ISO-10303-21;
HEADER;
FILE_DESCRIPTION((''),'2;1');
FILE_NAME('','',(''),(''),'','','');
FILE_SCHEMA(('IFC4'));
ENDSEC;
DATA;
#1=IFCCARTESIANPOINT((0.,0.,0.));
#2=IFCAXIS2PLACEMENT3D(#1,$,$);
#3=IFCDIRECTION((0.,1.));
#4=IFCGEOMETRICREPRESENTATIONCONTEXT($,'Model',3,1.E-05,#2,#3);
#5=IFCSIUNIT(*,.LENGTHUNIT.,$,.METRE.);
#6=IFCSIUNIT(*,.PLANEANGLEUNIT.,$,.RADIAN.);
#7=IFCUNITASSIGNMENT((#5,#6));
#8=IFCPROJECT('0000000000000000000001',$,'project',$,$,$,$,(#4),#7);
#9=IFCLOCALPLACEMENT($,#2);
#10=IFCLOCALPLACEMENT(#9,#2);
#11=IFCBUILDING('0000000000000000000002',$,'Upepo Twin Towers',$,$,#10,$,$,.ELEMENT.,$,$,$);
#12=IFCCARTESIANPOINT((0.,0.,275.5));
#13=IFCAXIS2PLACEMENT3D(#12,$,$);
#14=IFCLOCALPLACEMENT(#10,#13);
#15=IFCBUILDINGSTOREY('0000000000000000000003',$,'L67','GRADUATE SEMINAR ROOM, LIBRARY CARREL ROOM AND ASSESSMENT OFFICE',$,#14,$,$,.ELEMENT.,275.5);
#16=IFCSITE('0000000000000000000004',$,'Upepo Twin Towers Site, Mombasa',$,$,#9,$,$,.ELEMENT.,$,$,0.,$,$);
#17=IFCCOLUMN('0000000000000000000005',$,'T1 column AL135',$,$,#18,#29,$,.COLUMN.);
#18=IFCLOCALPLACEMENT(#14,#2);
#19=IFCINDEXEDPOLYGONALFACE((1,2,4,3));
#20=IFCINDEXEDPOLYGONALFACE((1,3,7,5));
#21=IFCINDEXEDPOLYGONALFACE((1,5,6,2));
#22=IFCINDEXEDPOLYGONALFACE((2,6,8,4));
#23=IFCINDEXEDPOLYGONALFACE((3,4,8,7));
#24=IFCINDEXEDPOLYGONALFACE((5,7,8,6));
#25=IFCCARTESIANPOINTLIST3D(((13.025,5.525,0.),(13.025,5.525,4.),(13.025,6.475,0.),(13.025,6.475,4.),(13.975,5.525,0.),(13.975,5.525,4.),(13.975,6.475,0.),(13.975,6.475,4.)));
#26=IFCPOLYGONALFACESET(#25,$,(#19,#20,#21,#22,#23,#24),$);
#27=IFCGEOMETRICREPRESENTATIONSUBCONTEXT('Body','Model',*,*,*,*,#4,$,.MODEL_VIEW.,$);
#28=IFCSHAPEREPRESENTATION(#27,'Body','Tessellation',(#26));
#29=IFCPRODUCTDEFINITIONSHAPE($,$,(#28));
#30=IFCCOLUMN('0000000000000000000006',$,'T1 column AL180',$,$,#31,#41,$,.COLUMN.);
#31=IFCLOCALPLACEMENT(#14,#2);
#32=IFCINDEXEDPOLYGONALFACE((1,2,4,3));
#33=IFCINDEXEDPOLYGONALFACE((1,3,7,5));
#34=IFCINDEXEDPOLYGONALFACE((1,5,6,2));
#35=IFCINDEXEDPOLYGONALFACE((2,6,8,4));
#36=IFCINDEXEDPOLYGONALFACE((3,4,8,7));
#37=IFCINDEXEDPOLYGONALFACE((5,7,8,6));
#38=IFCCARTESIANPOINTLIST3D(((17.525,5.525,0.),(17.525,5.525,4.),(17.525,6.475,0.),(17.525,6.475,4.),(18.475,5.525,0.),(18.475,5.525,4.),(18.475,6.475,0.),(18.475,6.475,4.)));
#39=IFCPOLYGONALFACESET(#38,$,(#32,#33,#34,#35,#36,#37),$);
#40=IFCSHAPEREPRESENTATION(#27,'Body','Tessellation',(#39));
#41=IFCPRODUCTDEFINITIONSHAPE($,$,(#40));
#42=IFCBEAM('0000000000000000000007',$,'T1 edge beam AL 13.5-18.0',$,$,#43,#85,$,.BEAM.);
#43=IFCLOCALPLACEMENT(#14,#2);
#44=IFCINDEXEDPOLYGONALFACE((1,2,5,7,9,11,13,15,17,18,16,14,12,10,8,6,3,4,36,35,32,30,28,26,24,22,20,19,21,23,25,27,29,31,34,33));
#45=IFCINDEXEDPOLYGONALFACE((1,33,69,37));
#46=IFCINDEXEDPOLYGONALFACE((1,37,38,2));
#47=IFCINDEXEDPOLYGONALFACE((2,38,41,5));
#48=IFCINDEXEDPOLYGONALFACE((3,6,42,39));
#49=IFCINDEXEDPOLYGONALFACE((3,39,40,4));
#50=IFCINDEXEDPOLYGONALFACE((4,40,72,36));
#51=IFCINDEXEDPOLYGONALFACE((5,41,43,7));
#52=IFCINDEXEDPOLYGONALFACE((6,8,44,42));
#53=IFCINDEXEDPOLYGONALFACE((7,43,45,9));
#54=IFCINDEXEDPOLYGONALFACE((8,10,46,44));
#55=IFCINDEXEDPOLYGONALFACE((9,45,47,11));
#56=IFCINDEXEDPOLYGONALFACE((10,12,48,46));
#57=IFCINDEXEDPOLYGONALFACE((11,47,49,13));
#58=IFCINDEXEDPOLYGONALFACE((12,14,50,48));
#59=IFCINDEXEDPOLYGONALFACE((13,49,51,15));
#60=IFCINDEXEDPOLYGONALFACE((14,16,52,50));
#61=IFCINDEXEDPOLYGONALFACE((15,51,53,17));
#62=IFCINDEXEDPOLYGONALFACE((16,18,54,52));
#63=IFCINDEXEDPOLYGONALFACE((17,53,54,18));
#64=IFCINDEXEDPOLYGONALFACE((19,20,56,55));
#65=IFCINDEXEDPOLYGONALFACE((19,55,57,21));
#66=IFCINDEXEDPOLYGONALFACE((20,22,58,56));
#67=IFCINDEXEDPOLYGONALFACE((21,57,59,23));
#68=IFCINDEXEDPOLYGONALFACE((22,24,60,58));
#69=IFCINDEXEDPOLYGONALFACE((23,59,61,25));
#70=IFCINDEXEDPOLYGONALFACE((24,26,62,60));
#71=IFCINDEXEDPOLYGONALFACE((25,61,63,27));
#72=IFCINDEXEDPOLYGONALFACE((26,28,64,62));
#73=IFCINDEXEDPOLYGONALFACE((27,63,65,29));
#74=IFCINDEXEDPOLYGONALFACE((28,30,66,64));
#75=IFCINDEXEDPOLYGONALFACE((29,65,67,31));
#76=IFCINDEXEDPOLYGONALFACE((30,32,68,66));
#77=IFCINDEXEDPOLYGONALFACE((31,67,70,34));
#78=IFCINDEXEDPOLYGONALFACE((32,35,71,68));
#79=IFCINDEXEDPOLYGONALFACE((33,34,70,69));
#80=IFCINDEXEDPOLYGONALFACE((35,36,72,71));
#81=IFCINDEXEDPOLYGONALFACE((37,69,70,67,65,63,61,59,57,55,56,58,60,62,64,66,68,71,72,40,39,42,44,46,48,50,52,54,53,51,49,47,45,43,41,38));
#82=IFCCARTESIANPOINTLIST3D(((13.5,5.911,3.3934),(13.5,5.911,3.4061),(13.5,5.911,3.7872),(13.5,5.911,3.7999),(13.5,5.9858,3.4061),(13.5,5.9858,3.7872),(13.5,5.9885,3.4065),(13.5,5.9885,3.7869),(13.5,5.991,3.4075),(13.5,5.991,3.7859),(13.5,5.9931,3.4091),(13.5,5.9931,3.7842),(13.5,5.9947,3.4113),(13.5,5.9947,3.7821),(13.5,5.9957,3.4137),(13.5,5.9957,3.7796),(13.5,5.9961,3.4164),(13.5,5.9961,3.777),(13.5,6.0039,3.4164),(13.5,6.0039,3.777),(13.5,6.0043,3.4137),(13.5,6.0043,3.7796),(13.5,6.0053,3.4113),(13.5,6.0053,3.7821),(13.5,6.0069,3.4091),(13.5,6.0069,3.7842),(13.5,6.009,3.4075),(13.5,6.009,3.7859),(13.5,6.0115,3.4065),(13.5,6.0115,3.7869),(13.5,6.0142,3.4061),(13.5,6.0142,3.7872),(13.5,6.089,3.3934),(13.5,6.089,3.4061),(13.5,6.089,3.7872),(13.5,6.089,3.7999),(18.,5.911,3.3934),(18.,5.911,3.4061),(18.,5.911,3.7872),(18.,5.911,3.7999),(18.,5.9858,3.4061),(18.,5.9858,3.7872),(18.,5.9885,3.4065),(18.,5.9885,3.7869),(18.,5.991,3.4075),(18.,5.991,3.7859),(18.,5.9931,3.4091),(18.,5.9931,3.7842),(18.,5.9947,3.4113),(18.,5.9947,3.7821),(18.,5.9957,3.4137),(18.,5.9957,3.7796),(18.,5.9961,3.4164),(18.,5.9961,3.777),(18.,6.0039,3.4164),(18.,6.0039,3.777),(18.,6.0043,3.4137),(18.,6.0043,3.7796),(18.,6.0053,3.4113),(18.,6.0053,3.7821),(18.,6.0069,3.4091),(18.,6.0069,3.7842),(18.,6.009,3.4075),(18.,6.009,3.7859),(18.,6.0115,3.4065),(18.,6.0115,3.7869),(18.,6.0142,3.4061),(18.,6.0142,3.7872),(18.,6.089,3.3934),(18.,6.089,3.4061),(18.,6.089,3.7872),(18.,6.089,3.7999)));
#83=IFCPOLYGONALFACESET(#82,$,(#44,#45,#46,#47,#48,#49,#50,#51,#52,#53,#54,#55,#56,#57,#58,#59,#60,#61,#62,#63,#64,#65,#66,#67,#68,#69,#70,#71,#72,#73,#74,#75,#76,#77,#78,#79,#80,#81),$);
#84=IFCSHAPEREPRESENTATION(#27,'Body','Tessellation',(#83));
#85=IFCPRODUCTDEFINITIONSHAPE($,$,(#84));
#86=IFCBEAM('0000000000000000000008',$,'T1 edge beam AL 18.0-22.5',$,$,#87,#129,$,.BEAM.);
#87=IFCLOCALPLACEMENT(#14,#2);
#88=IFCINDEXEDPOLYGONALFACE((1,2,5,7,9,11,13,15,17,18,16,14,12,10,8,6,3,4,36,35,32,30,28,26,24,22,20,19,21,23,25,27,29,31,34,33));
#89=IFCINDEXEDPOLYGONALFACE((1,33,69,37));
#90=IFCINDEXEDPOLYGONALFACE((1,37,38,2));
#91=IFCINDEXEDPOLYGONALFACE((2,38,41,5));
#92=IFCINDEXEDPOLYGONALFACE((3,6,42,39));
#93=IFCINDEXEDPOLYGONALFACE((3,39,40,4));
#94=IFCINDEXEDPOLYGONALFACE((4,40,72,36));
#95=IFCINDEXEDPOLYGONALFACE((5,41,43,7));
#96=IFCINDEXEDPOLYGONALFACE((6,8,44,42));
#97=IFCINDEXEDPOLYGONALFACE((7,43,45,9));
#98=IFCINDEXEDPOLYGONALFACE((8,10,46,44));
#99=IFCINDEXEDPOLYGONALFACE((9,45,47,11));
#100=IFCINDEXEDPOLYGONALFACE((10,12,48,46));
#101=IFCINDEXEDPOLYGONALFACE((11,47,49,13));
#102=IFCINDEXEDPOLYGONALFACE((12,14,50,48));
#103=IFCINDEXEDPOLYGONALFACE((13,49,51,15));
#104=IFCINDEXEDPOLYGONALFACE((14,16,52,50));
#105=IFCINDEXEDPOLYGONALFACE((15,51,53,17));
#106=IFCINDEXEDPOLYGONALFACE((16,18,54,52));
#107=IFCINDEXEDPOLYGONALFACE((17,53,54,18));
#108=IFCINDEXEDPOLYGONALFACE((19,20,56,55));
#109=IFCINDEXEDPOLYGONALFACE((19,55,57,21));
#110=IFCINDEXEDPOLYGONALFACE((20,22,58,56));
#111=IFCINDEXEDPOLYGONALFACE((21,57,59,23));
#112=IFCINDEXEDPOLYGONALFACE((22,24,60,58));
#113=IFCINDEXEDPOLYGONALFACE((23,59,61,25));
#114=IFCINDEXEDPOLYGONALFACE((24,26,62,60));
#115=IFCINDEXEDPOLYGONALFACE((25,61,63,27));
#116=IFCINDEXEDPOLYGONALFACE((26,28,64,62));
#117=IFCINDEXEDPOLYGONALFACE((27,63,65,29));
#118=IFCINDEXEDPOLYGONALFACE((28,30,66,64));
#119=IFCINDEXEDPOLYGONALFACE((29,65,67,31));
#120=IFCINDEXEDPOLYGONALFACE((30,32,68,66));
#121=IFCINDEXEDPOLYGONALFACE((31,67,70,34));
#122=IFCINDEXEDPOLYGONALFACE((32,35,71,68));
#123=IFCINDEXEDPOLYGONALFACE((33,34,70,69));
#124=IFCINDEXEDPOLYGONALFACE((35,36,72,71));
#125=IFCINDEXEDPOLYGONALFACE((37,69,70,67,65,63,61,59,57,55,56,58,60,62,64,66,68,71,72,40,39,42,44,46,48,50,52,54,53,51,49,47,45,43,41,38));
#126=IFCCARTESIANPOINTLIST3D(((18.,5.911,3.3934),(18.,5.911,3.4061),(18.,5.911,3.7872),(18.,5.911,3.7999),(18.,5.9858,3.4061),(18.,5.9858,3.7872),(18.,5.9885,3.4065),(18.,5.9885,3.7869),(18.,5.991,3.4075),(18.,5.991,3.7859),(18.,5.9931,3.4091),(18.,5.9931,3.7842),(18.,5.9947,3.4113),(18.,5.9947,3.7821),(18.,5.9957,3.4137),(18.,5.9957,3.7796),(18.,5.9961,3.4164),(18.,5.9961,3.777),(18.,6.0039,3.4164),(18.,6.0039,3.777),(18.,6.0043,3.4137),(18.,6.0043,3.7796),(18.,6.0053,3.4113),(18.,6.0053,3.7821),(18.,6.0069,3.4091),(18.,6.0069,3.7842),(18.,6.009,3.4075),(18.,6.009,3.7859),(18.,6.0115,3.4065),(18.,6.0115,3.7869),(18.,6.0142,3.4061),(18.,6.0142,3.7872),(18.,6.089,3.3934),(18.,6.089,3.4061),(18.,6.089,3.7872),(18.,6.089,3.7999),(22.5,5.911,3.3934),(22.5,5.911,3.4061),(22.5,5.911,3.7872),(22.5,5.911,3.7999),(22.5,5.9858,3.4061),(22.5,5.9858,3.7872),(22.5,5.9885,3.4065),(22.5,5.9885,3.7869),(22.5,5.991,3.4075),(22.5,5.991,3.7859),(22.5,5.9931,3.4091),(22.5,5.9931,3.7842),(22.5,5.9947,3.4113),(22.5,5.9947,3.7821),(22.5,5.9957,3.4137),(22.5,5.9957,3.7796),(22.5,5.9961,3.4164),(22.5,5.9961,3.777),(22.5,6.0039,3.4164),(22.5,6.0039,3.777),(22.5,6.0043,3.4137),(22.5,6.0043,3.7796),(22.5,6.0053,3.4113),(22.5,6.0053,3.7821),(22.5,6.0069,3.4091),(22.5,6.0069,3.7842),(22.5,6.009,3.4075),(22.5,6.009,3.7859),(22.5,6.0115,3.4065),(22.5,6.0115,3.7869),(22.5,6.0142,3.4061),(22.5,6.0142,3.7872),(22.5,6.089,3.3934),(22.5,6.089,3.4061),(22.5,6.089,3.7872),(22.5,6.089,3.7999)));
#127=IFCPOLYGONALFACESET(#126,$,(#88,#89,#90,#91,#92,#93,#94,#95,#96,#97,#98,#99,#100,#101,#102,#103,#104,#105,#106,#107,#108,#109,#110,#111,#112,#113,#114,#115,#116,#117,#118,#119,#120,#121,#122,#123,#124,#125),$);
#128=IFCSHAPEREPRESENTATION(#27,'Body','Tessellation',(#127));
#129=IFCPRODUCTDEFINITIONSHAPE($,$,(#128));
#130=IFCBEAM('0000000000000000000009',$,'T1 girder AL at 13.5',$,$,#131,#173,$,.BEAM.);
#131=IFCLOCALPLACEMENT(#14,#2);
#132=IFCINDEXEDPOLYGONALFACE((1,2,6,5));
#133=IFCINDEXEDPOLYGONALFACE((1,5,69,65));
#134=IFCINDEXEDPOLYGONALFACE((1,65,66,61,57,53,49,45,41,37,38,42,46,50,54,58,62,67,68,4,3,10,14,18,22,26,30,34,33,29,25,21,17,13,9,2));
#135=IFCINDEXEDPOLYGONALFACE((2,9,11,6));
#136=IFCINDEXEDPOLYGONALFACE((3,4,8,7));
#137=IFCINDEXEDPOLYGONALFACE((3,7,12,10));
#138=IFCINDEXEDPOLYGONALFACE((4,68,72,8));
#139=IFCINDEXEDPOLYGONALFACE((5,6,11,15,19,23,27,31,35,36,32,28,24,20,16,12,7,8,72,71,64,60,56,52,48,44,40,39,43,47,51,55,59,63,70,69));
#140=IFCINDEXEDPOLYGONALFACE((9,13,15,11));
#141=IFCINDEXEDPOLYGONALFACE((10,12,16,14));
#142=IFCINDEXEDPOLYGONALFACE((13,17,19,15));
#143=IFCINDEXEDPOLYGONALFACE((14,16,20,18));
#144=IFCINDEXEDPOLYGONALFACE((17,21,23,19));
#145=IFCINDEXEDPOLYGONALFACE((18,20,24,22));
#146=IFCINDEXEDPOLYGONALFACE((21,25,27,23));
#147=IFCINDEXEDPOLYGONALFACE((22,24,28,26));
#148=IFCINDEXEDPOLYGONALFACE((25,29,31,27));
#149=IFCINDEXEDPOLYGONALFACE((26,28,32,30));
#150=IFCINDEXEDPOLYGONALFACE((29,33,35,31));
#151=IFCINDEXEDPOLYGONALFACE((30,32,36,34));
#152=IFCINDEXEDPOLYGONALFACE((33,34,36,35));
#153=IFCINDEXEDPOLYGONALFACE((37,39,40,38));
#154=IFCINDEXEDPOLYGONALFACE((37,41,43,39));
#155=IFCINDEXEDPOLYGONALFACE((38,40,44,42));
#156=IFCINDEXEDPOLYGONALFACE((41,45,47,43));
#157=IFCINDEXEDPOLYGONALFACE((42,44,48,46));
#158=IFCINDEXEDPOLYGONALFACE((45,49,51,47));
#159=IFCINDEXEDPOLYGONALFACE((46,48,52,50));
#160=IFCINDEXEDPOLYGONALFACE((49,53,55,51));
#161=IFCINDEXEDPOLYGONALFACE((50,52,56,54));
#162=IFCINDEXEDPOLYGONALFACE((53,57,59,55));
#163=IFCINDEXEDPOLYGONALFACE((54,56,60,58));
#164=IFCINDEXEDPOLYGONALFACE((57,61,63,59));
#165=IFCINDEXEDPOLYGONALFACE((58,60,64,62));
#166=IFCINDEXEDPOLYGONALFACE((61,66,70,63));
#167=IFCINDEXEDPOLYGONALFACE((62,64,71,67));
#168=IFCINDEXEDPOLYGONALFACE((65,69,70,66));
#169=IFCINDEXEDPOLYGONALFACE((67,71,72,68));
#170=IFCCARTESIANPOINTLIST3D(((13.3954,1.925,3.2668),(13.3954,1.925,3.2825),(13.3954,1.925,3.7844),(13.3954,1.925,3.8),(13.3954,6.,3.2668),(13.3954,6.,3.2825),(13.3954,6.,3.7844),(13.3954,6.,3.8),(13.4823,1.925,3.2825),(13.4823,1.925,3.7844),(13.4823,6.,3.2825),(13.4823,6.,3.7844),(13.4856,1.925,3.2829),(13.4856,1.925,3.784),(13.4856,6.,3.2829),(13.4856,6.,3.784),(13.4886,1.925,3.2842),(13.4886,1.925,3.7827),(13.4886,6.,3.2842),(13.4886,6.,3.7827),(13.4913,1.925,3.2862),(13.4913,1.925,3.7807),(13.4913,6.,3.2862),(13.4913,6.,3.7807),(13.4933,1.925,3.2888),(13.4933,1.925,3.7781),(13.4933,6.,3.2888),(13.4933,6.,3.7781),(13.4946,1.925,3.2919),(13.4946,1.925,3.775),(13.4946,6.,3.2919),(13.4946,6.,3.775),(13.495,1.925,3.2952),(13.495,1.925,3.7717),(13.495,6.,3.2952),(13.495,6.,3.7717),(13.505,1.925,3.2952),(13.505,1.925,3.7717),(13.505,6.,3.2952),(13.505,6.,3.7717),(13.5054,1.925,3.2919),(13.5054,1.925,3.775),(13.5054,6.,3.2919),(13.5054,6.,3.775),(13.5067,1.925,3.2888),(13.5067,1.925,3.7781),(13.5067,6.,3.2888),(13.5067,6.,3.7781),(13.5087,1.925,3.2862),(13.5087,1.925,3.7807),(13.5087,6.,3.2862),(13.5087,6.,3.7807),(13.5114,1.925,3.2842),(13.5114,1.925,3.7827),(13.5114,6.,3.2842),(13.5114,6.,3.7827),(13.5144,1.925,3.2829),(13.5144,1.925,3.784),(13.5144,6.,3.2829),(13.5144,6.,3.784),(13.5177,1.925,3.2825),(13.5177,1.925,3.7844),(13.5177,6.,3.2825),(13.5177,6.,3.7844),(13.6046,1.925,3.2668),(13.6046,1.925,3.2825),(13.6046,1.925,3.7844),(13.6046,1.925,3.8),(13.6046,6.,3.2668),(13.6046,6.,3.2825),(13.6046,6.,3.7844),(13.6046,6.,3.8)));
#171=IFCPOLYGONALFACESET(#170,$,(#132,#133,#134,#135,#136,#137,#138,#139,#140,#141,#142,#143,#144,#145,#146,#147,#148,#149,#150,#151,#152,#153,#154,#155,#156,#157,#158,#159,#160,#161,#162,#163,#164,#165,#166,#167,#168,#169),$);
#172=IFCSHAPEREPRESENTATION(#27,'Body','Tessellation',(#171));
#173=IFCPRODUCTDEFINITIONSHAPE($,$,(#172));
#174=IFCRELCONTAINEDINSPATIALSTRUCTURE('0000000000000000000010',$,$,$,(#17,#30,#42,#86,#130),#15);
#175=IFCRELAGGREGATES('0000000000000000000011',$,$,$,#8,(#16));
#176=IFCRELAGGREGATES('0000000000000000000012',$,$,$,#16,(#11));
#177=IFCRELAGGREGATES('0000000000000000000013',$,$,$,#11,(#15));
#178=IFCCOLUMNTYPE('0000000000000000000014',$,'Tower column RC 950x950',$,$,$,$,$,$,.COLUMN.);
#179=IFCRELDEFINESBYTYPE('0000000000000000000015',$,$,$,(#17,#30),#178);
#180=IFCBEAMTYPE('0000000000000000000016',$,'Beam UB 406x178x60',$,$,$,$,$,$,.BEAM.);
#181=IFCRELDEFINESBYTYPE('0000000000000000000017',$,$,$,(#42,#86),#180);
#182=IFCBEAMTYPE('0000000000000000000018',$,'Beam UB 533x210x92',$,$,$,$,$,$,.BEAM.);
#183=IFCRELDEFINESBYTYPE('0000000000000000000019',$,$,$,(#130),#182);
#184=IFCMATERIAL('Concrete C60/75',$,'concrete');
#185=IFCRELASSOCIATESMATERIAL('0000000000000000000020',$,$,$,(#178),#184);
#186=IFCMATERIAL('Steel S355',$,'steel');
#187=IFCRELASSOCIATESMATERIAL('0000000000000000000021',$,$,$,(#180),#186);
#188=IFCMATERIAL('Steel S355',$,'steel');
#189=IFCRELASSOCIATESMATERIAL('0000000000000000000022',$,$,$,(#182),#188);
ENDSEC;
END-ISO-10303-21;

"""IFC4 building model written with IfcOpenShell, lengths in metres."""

from ifc_helpers import new_model, si_unit, direction, frame, origin, origin_2d, place, context, subcontext, project, spatial, rectangle, i_section, extrude, material, material_profile, profile_set, type_object, element, save


model = new_model("IFC4")

# Units and contexts
model_context = context("Model", 3, precision=1e-05, world=origin(), true_north=direction((0.0, 1.0)))
body_context = subcontext(model_context, "Body", "Model", "MODEL_VIEW")
ifc_project = project(units=[si_unit("LENGTHUNIT", "METRE"), si_unit("PLANEANGLEUNIT", "RADIAN")], contexts=[model_context])

# Site, building, storey
site_placement = place(None, origin())
site = spatial("IfcSite", under=ifc_project, at=site_placement, Name="Upepo Twin Towers Site, Mombasa", CompositionType="ELEMENT", RefElevation=0.0)
building_placement = place(site_placement, origin())
building = spatial("IfcBuilding", under=site, at=building_placement, Name="Upepo Twin Towers", CompositionType="ELEMENT")
storey_placement = place(building_placement, frame((0.0, 0.0, 275.5)))
storey = spatial("IfcBuildingStorey", under=building, at=storey_placement, Name="L67", Description="GRADUATE SEMINAR ROOM, LIBRARY CARREL ROOM AND ASSESSMENT OFFICE", CompositionType="ELEMENT", Elevation=275.5)

# Columns
ifc_material_1 = material(Name="Concrete C60/75", Category="concrete")
ifc_material_profile_1 = material_profile(ifc_material_1, rectangle(XDim=0.95, YDim=0.95, at=origin_2d()), Name="RC 950x950")
ifc_profile_set_1 = profile_set([ifc_material_profile_1], Name="Concrete C60/75")
column_type = type_object("IfcColumnType", Name="Tower column RC 950x950", PredefinedType="COLUMN", material=ifc_profile_set_1)
for number, where, z_axis, x_axis, name in (
    (1, (13.5, 6.0, 0.0), (0.0, 0.0, 1.0), (1.0, 0.0, 0.0), "T1 column AL135"),
    (2, (18.0, 6.0, 0.0), (0.0, 0.0, 1.0), (1.0, 0.0, 0.0), "T1 column AL180"),
):
    element("IfcColumn", number, at=place(storey_placement, frame(where, z_axis=z_axis, x_axis=x_axis)), inside=storey, type_object=column_type, Name=name, PredefinedType="COLUMN", context=body_context, shape_type="SweptSolid", body=[
        extrude(rectangle(XDim=0.95, YDim=0.95, at=origin_2d()), origin(), (0.0, 0.0, 1.0), 4.0),
    ])

# Beams
ifc_material_2 = material(Name="Steel S355", Category="steel")
ifc_material_profile_2 = material_profile(ifc_material_2, i_section(OverallWidth=0.178, OverallDepth=0.4065, WebThickness=0.0078, FlangeThickness=0.0127, FilletRadius=0.0103, at=origin_2d()), Name="UB 406x178x60")
ifc_profile_set_2 = profile_set([ifc_material_profile_2], Name="Steel S355")
beam_type_1 = type_object("IfcBeamType", Name="Beam UB 406x178x60", PredefinedType="BEAM", material=ifc_profile_set_2)
for number, where, z_axis, x_axis, name in (
    (3, (13.5, 6.0, 3.5967), (1.0, 0.0, 0.0), (0.0, 1.0, 0.0), "T1 edge beam AL 13.5-18.0"),
    (4, (18.0, 6.0, 3.5967), (1.0, 0.0, 0.0), (0.0, 1.0, 0.0), "T1 edge beam AL 18.0-22.5"),
):
    element("IfcBeam", number, at=place(storey_placement, frame(where, z_axis=z_axis, x_axis=x_axis)), inside=storey, type_object=beam_type_1, Name=name, PredefinedType="BEAM", context=body_context, shape_type="SweptSolid", body=[
        extrude(i_section(OverallWidth=0.178, OverallDepth=0.4065, WebThickness=0.0078, FlangeThickness=0.0127, FilletRadius=0.0103, at=origin_2d()), origin(), (0.0, 0.0, 1.0), 4.5),
    ])
ifc_material_3 = material(Name="Steel S355", Category="steel")
ifc_material_profile_3 = material_profile(ifc_material_3, i_section(OverallWidth=0.2092, OverallDepth=0.5332, WebThickness=0.01, FlangeThickness=0.0156, FilletRadius=0.0127, at=origin_2d()), Name="UB 533x210x92")
ifc_profile_set_3 = profile_set([ifc_material_profile_3], Name="Steel S355")
beam_type_2 = type_object("IfcBeamType", Name="Beam UB 533x210x92", PredefinedType="BEAM", material=ifc_profile_set_3)
for number, where, z_axis, x_axis, name in (
    (5, (13.5, 6.0, 3.5334), (0.0, -1.0, 0.0), (1.0, 0.0, 0.0), "T1 girder AL at 13.5"),
):
    element("IfcBeam", number, at=place(storey_placement, frame(where, z_axis=z_axis, x_axis=x_axis)), inside=storey, type_object=beam_type_2, Name=name, PredefinedType="BEAM", context=body_context, shape_type="SweptSolid", body=[
        extrude(i_section(OverallWidth=0.2092, OverallDepth=0.5332, WebThickness=0.01, FlangeThickness=0.0156, FilletRadius=0.0127, at=origin_2d()), origin(), (0.0, 0.0, 1.0), 4.075),
    ])

save(model, "model.ifc")
